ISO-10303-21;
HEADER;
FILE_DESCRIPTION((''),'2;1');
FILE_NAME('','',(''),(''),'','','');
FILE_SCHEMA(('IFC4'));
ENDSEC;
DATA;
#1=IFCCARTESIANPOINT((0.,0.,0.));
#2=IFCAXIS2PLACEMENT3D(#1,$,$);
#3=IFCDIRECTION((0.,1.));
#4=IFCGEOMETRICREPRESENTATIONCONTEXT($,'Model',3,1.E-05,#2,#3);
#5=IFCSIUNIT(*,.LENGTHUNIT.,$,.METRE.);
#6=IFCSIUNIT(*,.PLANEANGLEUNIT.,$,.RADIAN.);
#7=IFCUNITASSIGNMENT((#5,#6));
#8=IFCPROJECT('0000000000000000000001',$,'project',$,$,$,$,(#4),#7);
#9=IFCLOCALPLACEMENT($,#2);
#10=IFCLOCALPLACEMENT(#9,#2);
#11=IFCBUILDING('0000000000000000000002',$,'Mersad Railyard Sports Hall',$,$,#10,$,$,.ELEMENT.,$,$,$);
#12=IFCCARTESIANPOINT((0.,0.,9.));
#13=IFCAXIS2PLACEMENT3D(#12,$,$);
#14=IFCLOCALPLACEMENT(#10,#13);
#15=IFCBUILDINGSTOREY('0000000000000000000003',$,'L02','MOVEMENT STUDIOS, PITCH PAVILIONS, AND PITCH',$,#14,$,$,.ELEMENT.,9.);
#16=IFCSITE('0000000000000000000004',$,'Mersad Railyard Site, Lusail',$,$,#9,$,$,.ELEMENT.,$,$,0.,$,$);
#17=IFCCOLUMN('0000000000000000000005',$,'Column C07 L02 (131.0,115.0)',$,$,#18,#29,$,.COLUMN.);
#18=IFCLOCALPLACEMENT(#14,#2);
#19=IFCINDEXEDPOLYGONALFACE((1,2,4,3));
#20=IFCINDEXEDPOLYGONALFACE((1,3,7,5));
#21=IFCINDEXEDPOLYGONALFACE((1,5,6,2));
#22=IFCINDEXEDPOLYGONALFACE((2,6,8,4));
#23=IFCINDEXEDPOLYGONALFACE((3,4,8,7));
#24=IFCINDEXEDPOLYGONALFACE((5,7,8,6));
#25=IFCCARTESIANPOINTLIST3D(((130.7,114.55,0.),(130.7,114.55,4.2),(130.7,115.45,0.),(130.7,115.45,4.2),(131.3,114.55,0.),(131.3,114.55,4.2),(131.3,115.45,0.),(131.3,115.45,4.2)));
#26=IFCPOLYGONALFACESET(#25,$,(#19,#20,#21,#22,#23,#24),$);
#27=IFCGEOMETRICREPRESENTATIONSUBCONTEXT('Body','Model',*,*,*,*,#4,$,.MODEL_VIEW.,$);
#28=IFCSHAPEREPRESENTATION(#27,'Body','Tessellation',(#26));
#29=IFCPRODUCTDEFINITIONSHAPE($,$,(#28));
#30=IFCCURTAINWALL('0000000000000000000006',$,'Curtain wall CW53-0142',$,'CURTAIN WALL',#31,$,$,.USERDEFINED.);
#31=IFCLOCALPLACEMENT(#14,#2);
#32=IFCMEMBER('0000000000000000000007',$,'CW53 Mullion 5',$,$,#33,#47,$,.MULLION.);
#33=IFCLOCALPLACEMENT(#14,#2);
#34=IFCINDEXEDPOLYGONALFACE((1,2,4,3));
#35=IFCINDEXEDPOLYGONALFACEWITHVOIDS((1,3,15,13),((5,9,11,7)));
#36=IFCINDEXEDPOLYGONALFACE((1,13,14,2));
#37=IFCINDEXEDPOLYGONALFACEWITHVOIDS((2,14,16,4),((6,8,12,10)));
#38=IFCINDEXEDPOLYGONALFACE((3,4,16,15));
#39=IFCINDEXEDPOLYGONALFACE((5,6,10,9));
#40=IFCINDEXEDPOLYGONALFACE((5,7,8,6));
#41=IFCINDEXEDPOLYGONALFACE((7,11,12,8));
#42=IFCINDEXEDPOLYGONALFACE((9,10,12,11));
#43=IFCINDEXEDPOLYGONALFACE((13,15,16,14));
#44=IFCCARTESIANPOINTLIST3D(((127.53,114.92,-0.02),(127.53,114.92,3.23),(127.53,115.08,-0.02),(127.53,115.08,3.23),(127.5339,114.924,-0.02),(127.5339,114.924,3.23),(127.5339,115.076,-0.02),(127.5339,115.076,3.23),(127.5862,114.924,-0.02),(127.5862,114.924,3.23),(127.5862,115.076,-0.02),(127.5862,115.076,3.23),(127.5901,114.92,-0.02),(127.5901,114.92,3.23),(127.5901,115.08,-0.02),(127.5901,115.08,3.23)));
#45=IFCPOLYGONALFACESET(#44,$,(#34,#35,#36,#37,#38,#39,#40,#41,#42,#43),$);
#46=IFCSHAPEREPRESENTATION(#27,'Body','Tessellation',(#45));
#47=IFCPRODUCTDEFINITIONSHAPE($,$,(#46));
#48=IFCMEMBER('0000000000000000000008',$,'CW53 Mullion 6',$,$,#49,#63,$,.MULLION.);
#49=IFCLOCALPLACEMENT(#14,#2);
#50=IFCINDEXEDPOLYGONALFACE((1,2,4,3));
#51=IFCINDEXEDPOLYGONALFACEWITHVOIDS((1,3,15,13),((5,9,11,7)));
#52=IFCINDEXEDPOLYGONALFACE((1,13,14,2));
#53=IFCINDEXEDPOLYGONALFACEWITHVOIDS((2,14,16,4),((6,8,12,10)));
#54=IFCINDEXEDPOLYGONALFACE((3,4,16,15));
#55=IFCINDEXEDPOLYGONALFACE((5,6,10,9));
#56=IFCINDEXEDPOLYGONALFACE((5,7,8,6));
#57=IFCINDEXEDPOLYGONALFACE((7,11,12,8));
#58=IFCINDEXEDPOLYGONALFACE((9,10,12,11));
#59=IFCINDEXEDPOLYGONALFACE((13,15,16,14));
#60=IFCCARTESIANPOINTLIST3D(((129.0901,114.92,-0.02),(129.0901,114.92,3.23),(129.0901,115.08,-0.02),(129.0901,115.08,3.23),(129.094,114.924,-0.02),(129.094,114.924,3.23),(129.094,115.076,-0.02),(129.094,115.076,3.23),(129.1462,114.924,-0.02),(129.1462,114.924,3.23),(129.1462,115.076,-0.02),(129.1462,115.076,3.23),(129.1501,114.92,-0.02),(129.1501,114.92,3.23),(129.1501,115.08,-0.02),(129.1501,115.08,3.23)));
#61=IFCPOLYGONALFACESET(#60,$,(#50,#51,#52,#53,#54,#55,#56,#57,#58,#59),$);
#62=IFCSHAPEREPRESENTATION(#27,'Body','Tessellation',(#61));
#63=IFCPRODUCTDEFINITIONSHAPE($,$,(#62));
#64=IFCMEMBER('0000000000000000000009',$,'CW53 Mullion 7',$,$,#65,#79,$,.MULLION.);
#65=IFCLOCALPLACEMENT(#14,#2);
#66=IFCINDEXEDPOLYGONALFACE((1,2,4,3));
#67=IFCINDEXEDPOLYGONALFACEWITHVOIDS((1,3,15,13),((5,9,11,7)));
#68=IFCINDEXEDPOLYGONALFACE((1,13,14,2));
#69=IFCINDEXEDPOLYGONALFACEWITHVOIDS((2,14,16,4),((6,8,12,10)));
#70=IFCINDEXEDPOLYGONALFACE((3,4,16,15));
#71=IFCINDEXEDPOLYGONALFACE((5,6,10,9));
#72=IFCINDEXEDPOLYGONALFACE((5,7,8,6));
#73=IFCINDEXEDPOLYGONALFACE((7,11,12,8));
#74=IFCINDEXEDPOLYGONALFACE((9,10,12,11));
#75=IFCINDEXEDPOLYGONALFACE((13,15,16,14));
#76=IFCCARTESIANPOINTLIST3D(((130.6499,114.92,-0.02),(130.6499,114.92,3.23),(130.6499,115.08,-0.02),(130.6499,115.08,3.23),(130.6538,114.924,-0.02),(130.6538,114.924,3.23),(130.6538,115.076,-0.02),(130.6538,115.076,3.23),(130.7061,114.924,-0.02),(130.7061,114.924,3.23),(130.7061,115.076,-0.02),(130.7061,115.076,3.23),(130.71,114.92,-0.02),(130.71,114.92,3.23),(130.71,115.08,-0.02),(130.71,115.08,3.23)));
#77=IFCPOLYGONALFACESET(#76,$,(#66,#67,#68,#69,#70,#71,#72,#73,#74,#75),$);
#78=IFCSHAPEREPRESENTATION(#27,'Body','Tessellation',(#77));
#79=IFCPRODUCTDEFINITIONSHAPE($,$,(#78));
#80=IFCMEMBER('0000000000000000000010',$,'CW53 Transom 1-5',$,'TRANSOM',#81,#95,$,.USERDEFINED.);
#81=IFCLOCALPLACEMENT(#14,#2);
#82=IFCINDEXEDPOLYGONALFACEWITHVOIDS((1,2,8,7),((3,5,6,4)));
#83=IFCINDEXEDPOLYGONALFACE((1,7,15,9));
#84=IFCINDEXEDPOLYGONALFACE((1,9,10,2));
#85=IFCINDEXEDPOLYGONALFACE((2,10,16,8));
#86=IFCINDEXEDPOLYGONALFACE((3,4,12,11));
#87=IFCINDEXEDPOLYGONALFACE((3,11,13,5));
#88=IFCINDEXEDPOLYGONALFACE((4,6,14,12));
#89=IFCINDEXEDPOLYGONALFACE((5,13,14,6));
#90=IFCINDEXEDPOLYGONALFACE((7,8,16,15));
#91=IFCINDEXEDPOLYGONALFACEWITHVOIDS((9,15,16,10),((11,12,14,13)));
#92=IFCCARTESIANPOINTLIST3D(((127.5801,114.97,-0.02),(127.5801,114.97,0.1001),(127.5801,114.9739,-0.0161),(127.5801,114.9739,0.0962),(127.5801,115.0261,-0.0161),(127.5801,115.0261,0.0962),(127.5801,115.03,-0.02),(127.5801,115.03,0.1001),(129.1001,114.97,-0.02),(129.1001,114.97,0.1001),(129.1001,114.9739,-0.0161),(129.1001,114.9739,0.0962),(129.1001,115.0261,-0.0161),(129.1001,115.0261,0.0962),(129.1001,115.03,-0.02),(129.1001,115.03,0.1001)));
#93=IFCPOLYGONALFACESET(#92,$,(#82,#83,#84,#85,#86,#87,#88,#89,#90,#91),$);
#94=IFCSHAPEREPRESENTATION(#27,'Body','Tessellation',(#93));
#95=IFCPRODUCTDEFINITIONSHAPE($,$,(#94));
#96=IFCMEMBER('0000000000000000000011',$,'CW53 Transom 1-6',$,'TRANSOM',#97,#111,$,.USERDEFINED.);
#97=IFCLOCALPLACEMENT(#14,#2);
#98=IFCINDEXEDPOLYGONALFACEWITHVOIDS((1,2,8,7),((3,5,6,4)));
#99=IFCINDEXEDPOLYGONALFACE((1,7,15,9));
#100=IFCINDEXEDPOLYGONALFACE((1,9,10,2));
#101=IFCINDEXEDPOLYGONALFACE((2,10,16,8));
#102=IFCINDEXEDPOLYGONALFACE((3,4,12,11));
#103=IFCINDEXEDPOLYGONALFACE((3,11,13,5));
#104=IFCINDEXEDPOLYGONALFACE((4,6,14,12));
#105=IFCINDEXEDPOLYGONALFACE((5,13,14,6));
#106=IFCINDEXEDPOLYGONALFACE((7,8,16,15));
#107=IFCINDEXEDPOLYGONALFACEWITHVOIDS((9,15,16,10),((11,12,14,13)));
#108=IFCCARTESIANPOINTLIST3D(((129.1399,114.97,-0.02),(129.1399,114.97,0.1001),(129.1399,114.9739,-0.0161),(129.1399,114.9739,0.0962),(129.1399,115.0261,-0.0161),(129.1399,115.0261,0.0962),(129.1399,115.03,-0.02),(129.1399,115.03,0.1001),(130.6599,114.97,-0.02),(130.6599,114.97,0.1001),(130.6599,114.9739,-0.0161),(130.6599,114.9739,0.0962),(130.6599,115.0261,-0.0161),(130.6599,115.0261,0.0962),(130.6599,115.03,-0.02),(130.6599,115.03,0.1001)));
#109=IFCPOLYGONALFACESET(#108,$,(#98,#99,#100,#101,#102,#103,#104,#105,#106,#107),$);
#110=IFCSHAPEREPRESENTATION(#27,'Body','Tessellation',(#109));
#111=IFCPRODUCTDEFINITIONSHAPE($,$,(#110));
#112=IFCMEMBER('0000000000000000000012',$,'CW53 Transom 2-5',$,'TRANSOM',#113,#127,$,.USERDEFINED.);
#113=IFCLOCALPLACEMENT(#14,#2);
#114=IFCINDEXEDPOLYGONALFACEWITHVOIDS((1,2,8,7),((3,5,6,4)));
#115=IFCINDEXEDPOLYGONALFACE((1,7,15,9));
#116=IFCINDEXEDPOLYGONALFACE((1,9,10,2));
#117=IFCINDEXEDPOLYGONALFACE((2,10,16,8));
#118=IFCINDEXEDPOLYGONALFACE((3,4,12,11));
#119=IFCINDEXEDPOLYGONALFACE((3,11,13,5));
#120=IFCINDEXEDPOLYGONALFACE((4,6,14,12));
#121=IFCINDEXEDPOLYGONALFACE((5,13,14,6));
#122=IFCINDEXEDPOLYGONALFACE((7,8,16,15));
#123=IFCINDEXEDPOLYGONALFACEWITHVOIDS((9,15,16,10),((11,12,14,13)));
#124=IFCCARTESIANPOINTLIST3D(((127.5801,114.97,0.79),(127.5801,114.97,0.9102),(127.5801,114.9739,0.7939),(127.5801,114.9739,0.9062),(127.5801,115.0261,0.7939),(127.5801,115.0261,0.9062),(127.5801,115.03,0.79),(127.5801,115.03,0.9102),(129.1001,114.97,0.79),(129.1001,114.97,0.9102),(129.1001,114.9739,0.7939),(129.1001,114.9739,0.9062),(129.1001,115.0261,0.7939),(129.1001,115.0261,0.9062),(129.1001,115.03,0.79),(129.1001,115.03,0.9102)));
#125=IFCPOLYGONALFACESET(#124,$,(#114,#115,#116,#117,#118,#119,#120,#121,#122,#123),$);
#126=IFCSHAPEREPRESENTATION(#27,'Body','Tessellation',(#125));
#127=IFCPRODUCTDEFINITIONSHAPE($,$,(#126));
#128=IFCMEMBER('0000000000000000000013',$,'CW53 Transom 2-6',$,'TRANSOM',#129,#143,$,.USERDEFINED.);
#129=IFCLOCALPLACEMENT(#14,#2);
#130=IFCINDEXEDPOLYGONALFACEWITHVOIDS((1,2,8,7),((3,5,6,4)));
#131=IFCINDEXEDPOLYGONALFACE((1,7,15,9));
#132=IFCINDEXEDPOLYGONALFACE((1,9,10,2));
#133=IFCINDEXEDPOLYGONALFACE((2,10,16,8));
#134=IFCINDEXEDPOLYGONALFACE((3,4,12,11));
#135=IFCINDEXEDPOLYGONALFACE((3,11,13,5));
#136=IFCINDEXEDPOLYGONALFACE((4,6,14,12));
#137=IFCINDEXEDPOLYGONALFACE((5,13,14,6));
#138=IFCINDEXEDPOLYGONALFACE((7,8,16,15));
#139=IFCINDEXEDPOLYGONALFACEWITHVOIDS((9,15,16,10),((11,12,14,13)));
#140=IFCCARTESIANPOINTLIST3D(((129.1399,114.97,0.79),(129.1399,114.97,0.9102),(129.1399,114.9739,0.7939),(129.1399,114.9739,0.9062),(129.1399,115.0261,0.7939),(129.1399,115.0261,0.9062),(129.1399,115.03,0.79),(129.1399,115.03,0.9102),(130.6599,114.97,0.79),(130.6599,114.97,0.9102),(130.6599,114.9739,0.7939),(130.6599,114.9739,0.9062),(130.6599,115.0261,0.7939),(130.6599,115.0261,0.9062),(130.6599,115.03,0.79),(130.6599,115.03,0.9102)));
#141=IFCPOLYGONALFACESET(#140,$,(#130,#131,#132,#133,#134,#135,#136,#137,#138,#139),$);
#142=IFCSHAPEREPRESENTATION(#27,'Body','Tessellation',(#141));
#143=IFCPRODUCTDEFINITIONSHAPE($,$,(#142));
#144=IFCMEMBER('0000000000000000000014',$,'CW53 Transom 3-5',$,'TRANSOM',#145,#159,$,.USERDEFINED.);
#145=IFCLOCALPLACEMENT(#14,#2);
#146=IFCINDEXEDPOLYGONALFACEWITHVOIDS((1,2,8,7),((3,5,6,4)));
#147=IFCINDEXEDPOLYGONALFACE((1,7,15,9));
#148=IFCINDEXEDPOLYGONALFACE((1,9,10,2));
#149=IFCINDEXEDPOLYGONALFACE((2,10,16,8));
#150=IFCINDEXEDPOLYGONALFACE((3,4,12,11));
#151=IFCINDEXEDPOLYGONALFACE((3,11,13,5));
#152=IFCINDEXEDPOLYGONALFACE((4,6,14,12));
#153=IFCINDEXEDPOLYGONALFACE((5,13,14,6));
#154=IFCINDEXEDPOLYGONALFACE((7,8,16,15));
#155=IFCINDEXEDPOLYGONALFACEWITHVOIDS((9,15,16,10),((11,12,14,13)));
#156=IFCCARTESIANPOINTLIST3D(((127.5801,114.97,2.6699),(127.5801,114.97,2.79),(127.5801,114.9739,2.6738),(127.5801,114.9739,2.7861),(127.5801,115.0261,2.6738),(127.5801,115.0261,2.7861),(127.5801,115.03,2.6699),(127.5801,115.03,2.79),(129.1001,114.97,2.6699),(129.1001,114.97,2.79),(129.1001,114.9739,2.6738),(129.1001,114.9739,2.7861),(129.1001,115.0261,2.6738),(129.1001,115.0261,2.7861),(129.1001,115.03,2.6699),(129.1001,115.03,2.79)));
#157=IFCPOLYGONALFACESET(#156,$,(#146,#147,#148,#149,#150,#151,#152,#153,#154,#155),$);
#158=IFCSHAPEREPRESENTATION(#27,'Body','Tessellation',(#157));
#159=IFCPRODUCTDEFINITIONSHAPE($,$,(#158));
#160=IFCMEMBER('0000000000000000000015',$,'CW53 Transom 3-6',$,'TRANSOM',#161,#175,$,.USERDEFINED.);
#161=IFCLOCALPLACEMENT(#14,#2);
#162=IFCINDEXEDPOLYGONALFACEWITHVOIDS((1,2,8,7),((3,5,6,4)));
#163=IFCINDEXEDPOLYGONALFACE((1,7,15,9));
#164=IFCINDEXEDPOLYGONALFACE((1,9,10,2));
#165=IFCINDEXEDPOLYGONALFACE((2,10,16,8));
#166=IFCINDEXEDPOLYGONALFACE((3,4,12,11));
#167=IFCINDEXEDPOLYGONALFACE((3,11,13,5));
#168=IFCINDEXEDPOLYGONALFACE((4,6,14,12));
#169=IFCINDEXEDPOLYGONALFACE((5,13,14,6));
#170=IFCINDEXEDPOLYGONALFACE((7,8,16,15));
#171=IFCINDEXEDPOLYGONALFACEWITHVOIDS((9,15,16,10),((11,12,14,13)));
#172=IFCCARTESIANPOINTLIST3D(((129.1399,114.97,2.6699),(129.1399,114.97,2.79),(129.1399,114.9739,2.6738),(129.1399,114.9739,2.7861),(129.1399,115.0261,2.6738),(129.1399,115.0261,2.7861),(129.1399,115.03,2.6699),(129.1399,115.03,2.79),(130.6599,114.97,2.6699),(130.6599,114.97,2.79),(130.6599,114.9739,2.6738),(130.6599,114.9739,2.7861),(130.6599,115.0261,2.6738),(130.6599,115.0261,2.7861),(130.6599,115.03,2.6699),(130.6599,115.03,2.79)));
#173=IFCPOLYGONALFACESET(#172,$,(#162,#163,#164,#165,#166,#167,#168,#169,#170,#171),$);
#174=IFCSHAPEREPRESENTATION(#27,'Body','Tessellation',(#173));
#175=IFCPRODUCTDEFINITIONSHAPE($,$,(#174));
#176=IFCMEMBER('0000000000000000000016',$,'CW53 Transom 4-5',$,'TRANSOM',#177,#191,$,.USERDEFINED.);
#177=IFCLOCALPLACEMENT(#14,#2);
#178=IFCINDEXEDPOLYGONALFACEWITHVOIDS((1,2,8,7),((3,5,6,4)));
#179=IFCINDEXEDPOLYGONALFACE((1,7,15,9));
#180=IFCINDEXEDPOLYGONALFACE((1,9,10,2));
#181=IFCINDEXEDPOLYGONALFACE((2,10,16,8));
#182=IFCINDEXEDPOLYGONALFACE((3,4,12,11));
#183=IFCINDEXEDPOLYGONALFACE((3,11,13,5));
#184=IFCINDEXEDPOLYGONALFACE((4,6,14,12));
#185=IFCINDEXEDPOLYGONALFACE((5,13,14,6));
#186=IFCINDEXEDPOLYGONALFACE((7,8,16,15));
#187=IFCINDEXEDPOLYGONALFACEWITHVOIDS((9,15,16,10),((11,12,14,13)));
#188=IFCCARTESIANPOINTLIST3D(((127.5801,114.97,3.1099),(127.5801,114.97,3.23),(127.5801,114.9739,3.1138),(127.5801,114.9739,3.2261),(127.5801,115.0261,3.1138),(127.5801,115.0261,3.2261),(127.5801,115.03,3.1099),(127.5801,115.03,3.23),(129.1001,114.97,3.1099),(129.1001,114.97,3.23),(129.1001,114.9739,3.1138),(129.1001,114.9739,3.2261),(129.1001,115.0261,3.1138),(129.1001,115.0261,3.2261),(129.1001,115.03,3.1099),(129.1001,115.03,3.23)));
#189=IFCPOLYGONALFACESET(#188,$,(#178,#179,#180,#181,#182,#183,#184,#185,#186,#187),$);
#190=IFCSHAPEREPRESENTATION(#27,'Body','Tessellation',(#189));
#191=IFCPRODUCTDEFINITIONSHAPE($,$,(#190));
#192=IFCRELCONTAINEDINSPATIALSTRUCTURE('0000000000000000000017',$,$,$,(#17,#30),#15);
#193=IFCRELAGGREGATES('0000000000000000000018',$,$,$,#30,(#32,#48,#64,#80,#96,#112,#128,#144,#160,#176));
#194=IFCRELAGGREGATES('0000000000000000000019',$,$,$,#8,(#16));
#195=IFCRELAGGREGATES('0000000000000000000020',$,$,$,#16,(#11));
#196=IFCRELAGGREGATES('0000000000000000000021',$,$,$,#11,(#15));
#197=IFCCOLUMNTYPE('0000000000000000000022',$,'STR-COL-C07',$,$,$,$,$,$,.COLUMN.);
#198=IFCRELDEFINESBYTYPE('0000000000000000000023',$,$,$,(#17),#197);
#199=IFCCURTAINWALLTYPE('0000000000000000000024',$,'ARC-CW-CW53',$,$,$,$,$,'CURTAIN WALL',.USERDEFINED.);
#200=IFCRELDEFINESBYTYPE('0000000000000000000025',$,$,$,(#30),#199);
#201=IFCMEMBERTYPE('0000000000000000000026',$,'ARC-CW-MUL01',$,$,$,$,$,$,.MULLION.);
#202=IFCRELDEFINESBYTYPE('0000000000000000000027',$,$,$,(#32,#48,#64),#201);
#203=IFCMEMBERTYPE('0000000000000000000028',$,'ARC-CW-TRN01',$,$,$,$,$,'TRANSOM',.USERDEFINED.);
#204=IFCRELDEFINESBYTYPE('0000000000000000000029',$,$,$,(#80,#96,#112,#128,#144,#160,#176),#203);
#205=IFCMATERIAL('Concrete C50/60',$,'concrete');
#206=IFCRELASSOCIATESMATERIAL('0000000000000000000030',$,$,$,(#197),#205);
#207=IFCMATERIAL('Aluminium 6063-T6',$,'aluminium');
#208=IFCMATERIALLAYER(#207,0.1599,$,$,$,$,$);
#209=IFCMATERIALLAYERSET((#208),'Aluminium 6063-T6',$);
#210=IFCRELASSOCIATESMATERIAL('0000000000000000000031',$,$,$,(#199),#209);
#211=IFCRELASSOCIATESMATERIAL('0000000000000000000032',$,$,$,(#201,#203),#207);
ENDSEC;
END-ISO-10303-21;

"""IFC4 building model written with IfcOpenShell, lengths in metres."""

from ifc_helpers import new_model, si_unit, direction, frame, origin, origin_2d, place, context, subcontext, project, spatial, rectangle, hollow_rectangle, extrude, material, layer, layer_set, material_profile, profile_set, type_object, element, aggregate, save


model = new_model("IFC4")

# Units and contexts
model_context = context("Model", 3, precision=1e-05, world=origin(), true_north=direction((0.0, 1.0)))
body_context = subcontext(model_context, "Body", "Model", "MODEL_VIEW")
ifc_project = project(units=[si_unit("LENGTHUNIT", "METRE"), si_unit("PLANEANGLEUNIT", "RADIAN")], contexts=[model_context])

# Site, building, storey
site_placement = place(None, origin())
site = spatial("IfcSite", under=ifc_project, at=site_placement, Name="Mersad Railyard Site, Lusail", CompositionType="ELEMENT", RefElevation=0.0)
building_placement = place(site_placement, origin())
building = spatial("IfcBuilding", under=site, at=building_placement, Name="Mersad Railyard Sports Hall", CompositionType="ELEMENT")
storey_placement = place(building_placement, frame((0.0, 0.0, 9.0)))
storey = spatial("IfcBuildingStorey", under=building, at=storey_placement, Name="L02", Description="MOVEMENT STUDIOS, PITCH PAVILIONS, AND PITCH", CompositionType="ELEMENT", Elevation=9.0)

# Column
ifc_material_1 = material(Name="Concrete C50/60", Category="concrete")
ifc_material_profile_1 = material_profile(ifc_material_1, rectangle(XDim=0.6001, YDim=0.8999, at=origin_2d()), Name="RC 600x900")
ifc_profile_set_1 = profile_set([ifc_material_profile_1], Name="Concrete C50/60")
column_type = type_object("IfcColumnType", Name="STR-COL-C07", PredefinedType="COLUMN", material=ifc_profile_set_1)
column_placement = place(storey_placement, frame((131.0, 115.0, 0.0), z_axis=(0.0, 0.0, 1.0), x_axis=(1.0, 0.0, 0.0)))
element("IfcColumn", 1, at=column_placement, inside=storey, type_object=column_type, Name="Column C07 L02 (131.0,115.0)", PredefinedType="COLUMN", context=body_context, shape_type="SweptSolid", body=[
    extrude(rectangle(XDim=0.6001, YDim=0.8999, at=origin_2d()), origin(), (0.0, 0.0, 1.0), 4.2),
])

# Curtain wall, members
ifc_material_2 = material(Name="Aluminium 6063-T6", Category="aluminium")
ifc_layer_1 = layer(ifc_material_2, 0.1599)
ifc_layer_set_1 = layer_set([ifc_layer_1], Name="Aluminium 6063-T6")
curtain_wall_type = type_object("IfcCurtainWallType", Name="ARC-CW-CW53", ElementType="CURTAIN WALL", PredefinedType="USERDEFINED", material=ifc_layer_set_1)
curtain_wall_placement = place(storey_placement, origin())
curtain_wall = element("IfcCurtainWall", 2, at=curtain_wall_placement, inside=storey, type_object=curtain_wall_type, Name="Curtain wall CW53-0142", ObjectType="CURTAIN WALL", PredefinedType="USERDEFINED")
ifc_material_profile_2 = material_profile(ifc_material_2, hollow_rectangle(XDim=0.0601, YDim=0.1599, WallThickness=0.0039, at=origin_2d()), Name="AL MULLION 60x160x4")
ifc_profile_set_2 = profile_set([ifc_material_profile_2], Name="Aluminium 6063-T6")
member_type_1 = type_object("IfcMemberType", Name="ARC-CW-MUL01", PredefinedType="MULLION", material=ifc_profile_set_2)
member_1_placement = place(storey_placement, frame((127.5601, 115.0, -0.02), z_axis=(0.0, 0.0, 1.0), x_axis=(1.0, 0.0, 0.0)))
member_1 = element("IfcMember", 3, at=member_1_placement, type_object=member_type_1, Name="CW53 Mullion 5", PredefinedType="MULLION", context=body_context, shape_type="SweptSolid", body=[
    extrude(hollow_rectangle(XDim=0.0601, YDim=0.1599, WallThickness=0.0039, at=origin_2d()), origin(), (0.0, 0.0, 1.0), 3.25),
])
member_2_placement = place(storey_placement, frame((129.1201, 115.0, -0.02), z_axis=(0.0, 0.0, 1.0), x_axis=(1.0, 0.0, 0.0)))
member_2 = element("IfcMember", 4, at=member_2_placement, type_object=member_type_1, Name="CW53 Mullion 6", PredefinedType="MULLION", context=body_context, shape_type="SweptSolid", body=[
    extrude(hollow_rectangle(XDim=0.0601, YDim=0.1599, WallThickness=0.0039, at=origin_2d()), origin(), (0.0, 0.0, 1.0), 3.25),
])
member_3_placement = place(storey_placement, frame((130.6799, 115.0, -0.02), z_axis=(0.0, 0.0, 1.0), x_axis=(1.0, 0.0, 0.0)))
member_3 = element("IfcMember", 5, at=member_3_placement, type_object=member_type_1, Name="CW53 Mullion 7", PredefinedType="MULLION", context=body_context, shape_type="SweptSolid", body=[
    extrude(hollow_rectangle(XDim=0.0601, YDim=0.1599, WallThickness=0.0039, at=origin_2d()), origin(), (0.0, 0.0, 1.0), 3.25),
])
ifc_material_profile_3 = material_profile(ifc_material_2, hollow_rectangle(XDim=0.0601, YDim=0.1201, WallThickness=0.0039, at=origin_2d()), Name="AL TRANSOM 60x120x4")
ifc_profile_set_3 = profile_set([ifc_material_profile_3], Name="Aluminium 6063-T6")
member_type_2 = type_object("IfcMemberType", Name="ARC-CW-TRN01", ElementType="TRANSOM", PredefinedType="USERDEFINED", material=ifc_profile_set_3)
member_4_placement = place(storey_placement, frame((127.5801, 115.0, 0.04), z_axis=(1.0, 0.0, 0.0), x_axis=(0.0, 1.0, 0.0)))
member_4 = element("IfcMember", 6, at=member_4_placement, type_object=member_type_2, Name="CW53 Transom 1-5", ObjectType="TRANSOM", PredefinedType="USERDEFINED", context=body_context, shape_type="SweptSolid", body=[
    extrude(hollow_rectangle(XDim=0.0601, YDim=0.1201, WallThickness=0.0039, at=origin_2d()), origin(), (0.0, 0.0, 1.0), 1.52),
])
member_5_placement = place(storey_placement, frame((129.1399, 115.0, 0.04), z_axis=(1.0, 0.0, 0.0), x_axis=(0.0, 1.0, 0.0)))
member_5 = element("IfcMember", 7, at=member_5_placement, type_object=member_type_2, Name="CW53 Transom 1-6", ObjectType="TRANSOM", PredefinedType="USERDEFINED", context=body_context, shape_type="SweptSolid", body=[
    extrude(hollow_rectangle(XDim=0.0601, YDim=0.1201, WallThickness=0.0039, at=origin_2d()), origin(), (0.0, 0.0, 1.0), 1.52),
])
member_6_placement = place(storey_placement, frame((127.5801, 115.0, 0.8501), z_axis=(1.0, 0.0, 0.0), x_axis=(0.0, 1.0, 0.0)))
member_6 = element("IfcMember", 8, at=member_6_placement, type_object=member_type_2, Name="CW53 Transom 2-5", ObjectType="TRANSOM", PredefinedType="USERDEFINED", context=body_context, shape_type="SweptSolid", body=[
    extrude(hollow_rectangle(XDim=0.0601, YDim=0.1201, WallThickness=0.0039, at=origin_2d()), origin(), (0.0, 0.0, 1.0), 1.52),
])
member_7_placement = place(storey_placement, frame((129.1399, 115.0, 0.8501), z_axis=(1.0, 0.0, 0.0), x_axis=(0.0, 1.0, 0.0)))
member_7 = element("IfcMember", 9, at=member_7_placement, type_object=member_type_2, Name="CW53 Transom 2-6", ObjectType="TRANSOM", PredefinedType="USERDEFINED", context=body_context, shape_type="SweptSolid", body=[
    extrude(hollow_rectangle(XDim=0.0601, YDim=0.1201, WallThickness=0.0039, at=origin_2d()), origin(), (0.0, 0.0, 1.0), 1.52),
])
member_8_placement = place(storey_placement, frame((127.5801, 115.0, 2.73), z_axis=(1.0, 0.0, 0.0), x_axis=(0.0, 1.0, 0.0)))
member_8 = element("IfcMember", 10, at=member_8_placement, type_object=member_type_2, Name="CW53 Transom 3-5", ObjectType="TRANSOM", PredefinedType="USERDEFINED", context=body_context, shape_type="SweptSolid", body=[
    extrude(hollow_rectangle(XDim=0.0601, YDim=0.1201, WallThickness=0.0039, at=origin_2d()), origin(), (0.0, 0.0, 1.0), 1.52),
])
member_9_placement = place(storey_placement, frame((129.1399, 115.0, 2.73), z_axis=(1.0, 0.0, 0.0), x_axis=(0.0, 1.0, 0.0)))
member_9 = element("IfcMember", 11, at=member_9_placement, type_object=member_type_2, Name="CW53 Transom 3-6", ObjectType="TRANSOM", PredefinedType="USERDEFINED", context=body_context, shape_type="SweptSolid", body=[
    extrude(hollow_rectangle(XDim=0.0601, YDim=0.1201, WallThickness=0.0039, at=origin_2d()), origin(), (0.0, 0.0, 1.0), 1.52),
])
member_10_placement = place(storey_placement, frame((127.5801, 115.0, 3.1699), z_axis=(1.0, 0.0, 0.0), x_axis=(0.0, 1.0, 0.0)))
member_10 = element("IfcMember", 12, at=member_10_placement, type_object=member_type_2, Name="CW53 Transom 4-5", ObjectType="TRANSOM", PredefinedType="USERDEFINED", context=body_context, shape_type="SweptSolid", body=[
    extrude(hollow_rectangle(XDim=0.0601, YDim=0.1201, WallThickness=0.0039, at=origin_2d()), origin(), (0.0, 0.0, 1.0), 1.52),
])

aggregate(curtain_wall, [member_1, member_2, member_3, member_4, member_5, member_6, member_7, member_8, member_9, member_10])

save(model, "model.ifc")
